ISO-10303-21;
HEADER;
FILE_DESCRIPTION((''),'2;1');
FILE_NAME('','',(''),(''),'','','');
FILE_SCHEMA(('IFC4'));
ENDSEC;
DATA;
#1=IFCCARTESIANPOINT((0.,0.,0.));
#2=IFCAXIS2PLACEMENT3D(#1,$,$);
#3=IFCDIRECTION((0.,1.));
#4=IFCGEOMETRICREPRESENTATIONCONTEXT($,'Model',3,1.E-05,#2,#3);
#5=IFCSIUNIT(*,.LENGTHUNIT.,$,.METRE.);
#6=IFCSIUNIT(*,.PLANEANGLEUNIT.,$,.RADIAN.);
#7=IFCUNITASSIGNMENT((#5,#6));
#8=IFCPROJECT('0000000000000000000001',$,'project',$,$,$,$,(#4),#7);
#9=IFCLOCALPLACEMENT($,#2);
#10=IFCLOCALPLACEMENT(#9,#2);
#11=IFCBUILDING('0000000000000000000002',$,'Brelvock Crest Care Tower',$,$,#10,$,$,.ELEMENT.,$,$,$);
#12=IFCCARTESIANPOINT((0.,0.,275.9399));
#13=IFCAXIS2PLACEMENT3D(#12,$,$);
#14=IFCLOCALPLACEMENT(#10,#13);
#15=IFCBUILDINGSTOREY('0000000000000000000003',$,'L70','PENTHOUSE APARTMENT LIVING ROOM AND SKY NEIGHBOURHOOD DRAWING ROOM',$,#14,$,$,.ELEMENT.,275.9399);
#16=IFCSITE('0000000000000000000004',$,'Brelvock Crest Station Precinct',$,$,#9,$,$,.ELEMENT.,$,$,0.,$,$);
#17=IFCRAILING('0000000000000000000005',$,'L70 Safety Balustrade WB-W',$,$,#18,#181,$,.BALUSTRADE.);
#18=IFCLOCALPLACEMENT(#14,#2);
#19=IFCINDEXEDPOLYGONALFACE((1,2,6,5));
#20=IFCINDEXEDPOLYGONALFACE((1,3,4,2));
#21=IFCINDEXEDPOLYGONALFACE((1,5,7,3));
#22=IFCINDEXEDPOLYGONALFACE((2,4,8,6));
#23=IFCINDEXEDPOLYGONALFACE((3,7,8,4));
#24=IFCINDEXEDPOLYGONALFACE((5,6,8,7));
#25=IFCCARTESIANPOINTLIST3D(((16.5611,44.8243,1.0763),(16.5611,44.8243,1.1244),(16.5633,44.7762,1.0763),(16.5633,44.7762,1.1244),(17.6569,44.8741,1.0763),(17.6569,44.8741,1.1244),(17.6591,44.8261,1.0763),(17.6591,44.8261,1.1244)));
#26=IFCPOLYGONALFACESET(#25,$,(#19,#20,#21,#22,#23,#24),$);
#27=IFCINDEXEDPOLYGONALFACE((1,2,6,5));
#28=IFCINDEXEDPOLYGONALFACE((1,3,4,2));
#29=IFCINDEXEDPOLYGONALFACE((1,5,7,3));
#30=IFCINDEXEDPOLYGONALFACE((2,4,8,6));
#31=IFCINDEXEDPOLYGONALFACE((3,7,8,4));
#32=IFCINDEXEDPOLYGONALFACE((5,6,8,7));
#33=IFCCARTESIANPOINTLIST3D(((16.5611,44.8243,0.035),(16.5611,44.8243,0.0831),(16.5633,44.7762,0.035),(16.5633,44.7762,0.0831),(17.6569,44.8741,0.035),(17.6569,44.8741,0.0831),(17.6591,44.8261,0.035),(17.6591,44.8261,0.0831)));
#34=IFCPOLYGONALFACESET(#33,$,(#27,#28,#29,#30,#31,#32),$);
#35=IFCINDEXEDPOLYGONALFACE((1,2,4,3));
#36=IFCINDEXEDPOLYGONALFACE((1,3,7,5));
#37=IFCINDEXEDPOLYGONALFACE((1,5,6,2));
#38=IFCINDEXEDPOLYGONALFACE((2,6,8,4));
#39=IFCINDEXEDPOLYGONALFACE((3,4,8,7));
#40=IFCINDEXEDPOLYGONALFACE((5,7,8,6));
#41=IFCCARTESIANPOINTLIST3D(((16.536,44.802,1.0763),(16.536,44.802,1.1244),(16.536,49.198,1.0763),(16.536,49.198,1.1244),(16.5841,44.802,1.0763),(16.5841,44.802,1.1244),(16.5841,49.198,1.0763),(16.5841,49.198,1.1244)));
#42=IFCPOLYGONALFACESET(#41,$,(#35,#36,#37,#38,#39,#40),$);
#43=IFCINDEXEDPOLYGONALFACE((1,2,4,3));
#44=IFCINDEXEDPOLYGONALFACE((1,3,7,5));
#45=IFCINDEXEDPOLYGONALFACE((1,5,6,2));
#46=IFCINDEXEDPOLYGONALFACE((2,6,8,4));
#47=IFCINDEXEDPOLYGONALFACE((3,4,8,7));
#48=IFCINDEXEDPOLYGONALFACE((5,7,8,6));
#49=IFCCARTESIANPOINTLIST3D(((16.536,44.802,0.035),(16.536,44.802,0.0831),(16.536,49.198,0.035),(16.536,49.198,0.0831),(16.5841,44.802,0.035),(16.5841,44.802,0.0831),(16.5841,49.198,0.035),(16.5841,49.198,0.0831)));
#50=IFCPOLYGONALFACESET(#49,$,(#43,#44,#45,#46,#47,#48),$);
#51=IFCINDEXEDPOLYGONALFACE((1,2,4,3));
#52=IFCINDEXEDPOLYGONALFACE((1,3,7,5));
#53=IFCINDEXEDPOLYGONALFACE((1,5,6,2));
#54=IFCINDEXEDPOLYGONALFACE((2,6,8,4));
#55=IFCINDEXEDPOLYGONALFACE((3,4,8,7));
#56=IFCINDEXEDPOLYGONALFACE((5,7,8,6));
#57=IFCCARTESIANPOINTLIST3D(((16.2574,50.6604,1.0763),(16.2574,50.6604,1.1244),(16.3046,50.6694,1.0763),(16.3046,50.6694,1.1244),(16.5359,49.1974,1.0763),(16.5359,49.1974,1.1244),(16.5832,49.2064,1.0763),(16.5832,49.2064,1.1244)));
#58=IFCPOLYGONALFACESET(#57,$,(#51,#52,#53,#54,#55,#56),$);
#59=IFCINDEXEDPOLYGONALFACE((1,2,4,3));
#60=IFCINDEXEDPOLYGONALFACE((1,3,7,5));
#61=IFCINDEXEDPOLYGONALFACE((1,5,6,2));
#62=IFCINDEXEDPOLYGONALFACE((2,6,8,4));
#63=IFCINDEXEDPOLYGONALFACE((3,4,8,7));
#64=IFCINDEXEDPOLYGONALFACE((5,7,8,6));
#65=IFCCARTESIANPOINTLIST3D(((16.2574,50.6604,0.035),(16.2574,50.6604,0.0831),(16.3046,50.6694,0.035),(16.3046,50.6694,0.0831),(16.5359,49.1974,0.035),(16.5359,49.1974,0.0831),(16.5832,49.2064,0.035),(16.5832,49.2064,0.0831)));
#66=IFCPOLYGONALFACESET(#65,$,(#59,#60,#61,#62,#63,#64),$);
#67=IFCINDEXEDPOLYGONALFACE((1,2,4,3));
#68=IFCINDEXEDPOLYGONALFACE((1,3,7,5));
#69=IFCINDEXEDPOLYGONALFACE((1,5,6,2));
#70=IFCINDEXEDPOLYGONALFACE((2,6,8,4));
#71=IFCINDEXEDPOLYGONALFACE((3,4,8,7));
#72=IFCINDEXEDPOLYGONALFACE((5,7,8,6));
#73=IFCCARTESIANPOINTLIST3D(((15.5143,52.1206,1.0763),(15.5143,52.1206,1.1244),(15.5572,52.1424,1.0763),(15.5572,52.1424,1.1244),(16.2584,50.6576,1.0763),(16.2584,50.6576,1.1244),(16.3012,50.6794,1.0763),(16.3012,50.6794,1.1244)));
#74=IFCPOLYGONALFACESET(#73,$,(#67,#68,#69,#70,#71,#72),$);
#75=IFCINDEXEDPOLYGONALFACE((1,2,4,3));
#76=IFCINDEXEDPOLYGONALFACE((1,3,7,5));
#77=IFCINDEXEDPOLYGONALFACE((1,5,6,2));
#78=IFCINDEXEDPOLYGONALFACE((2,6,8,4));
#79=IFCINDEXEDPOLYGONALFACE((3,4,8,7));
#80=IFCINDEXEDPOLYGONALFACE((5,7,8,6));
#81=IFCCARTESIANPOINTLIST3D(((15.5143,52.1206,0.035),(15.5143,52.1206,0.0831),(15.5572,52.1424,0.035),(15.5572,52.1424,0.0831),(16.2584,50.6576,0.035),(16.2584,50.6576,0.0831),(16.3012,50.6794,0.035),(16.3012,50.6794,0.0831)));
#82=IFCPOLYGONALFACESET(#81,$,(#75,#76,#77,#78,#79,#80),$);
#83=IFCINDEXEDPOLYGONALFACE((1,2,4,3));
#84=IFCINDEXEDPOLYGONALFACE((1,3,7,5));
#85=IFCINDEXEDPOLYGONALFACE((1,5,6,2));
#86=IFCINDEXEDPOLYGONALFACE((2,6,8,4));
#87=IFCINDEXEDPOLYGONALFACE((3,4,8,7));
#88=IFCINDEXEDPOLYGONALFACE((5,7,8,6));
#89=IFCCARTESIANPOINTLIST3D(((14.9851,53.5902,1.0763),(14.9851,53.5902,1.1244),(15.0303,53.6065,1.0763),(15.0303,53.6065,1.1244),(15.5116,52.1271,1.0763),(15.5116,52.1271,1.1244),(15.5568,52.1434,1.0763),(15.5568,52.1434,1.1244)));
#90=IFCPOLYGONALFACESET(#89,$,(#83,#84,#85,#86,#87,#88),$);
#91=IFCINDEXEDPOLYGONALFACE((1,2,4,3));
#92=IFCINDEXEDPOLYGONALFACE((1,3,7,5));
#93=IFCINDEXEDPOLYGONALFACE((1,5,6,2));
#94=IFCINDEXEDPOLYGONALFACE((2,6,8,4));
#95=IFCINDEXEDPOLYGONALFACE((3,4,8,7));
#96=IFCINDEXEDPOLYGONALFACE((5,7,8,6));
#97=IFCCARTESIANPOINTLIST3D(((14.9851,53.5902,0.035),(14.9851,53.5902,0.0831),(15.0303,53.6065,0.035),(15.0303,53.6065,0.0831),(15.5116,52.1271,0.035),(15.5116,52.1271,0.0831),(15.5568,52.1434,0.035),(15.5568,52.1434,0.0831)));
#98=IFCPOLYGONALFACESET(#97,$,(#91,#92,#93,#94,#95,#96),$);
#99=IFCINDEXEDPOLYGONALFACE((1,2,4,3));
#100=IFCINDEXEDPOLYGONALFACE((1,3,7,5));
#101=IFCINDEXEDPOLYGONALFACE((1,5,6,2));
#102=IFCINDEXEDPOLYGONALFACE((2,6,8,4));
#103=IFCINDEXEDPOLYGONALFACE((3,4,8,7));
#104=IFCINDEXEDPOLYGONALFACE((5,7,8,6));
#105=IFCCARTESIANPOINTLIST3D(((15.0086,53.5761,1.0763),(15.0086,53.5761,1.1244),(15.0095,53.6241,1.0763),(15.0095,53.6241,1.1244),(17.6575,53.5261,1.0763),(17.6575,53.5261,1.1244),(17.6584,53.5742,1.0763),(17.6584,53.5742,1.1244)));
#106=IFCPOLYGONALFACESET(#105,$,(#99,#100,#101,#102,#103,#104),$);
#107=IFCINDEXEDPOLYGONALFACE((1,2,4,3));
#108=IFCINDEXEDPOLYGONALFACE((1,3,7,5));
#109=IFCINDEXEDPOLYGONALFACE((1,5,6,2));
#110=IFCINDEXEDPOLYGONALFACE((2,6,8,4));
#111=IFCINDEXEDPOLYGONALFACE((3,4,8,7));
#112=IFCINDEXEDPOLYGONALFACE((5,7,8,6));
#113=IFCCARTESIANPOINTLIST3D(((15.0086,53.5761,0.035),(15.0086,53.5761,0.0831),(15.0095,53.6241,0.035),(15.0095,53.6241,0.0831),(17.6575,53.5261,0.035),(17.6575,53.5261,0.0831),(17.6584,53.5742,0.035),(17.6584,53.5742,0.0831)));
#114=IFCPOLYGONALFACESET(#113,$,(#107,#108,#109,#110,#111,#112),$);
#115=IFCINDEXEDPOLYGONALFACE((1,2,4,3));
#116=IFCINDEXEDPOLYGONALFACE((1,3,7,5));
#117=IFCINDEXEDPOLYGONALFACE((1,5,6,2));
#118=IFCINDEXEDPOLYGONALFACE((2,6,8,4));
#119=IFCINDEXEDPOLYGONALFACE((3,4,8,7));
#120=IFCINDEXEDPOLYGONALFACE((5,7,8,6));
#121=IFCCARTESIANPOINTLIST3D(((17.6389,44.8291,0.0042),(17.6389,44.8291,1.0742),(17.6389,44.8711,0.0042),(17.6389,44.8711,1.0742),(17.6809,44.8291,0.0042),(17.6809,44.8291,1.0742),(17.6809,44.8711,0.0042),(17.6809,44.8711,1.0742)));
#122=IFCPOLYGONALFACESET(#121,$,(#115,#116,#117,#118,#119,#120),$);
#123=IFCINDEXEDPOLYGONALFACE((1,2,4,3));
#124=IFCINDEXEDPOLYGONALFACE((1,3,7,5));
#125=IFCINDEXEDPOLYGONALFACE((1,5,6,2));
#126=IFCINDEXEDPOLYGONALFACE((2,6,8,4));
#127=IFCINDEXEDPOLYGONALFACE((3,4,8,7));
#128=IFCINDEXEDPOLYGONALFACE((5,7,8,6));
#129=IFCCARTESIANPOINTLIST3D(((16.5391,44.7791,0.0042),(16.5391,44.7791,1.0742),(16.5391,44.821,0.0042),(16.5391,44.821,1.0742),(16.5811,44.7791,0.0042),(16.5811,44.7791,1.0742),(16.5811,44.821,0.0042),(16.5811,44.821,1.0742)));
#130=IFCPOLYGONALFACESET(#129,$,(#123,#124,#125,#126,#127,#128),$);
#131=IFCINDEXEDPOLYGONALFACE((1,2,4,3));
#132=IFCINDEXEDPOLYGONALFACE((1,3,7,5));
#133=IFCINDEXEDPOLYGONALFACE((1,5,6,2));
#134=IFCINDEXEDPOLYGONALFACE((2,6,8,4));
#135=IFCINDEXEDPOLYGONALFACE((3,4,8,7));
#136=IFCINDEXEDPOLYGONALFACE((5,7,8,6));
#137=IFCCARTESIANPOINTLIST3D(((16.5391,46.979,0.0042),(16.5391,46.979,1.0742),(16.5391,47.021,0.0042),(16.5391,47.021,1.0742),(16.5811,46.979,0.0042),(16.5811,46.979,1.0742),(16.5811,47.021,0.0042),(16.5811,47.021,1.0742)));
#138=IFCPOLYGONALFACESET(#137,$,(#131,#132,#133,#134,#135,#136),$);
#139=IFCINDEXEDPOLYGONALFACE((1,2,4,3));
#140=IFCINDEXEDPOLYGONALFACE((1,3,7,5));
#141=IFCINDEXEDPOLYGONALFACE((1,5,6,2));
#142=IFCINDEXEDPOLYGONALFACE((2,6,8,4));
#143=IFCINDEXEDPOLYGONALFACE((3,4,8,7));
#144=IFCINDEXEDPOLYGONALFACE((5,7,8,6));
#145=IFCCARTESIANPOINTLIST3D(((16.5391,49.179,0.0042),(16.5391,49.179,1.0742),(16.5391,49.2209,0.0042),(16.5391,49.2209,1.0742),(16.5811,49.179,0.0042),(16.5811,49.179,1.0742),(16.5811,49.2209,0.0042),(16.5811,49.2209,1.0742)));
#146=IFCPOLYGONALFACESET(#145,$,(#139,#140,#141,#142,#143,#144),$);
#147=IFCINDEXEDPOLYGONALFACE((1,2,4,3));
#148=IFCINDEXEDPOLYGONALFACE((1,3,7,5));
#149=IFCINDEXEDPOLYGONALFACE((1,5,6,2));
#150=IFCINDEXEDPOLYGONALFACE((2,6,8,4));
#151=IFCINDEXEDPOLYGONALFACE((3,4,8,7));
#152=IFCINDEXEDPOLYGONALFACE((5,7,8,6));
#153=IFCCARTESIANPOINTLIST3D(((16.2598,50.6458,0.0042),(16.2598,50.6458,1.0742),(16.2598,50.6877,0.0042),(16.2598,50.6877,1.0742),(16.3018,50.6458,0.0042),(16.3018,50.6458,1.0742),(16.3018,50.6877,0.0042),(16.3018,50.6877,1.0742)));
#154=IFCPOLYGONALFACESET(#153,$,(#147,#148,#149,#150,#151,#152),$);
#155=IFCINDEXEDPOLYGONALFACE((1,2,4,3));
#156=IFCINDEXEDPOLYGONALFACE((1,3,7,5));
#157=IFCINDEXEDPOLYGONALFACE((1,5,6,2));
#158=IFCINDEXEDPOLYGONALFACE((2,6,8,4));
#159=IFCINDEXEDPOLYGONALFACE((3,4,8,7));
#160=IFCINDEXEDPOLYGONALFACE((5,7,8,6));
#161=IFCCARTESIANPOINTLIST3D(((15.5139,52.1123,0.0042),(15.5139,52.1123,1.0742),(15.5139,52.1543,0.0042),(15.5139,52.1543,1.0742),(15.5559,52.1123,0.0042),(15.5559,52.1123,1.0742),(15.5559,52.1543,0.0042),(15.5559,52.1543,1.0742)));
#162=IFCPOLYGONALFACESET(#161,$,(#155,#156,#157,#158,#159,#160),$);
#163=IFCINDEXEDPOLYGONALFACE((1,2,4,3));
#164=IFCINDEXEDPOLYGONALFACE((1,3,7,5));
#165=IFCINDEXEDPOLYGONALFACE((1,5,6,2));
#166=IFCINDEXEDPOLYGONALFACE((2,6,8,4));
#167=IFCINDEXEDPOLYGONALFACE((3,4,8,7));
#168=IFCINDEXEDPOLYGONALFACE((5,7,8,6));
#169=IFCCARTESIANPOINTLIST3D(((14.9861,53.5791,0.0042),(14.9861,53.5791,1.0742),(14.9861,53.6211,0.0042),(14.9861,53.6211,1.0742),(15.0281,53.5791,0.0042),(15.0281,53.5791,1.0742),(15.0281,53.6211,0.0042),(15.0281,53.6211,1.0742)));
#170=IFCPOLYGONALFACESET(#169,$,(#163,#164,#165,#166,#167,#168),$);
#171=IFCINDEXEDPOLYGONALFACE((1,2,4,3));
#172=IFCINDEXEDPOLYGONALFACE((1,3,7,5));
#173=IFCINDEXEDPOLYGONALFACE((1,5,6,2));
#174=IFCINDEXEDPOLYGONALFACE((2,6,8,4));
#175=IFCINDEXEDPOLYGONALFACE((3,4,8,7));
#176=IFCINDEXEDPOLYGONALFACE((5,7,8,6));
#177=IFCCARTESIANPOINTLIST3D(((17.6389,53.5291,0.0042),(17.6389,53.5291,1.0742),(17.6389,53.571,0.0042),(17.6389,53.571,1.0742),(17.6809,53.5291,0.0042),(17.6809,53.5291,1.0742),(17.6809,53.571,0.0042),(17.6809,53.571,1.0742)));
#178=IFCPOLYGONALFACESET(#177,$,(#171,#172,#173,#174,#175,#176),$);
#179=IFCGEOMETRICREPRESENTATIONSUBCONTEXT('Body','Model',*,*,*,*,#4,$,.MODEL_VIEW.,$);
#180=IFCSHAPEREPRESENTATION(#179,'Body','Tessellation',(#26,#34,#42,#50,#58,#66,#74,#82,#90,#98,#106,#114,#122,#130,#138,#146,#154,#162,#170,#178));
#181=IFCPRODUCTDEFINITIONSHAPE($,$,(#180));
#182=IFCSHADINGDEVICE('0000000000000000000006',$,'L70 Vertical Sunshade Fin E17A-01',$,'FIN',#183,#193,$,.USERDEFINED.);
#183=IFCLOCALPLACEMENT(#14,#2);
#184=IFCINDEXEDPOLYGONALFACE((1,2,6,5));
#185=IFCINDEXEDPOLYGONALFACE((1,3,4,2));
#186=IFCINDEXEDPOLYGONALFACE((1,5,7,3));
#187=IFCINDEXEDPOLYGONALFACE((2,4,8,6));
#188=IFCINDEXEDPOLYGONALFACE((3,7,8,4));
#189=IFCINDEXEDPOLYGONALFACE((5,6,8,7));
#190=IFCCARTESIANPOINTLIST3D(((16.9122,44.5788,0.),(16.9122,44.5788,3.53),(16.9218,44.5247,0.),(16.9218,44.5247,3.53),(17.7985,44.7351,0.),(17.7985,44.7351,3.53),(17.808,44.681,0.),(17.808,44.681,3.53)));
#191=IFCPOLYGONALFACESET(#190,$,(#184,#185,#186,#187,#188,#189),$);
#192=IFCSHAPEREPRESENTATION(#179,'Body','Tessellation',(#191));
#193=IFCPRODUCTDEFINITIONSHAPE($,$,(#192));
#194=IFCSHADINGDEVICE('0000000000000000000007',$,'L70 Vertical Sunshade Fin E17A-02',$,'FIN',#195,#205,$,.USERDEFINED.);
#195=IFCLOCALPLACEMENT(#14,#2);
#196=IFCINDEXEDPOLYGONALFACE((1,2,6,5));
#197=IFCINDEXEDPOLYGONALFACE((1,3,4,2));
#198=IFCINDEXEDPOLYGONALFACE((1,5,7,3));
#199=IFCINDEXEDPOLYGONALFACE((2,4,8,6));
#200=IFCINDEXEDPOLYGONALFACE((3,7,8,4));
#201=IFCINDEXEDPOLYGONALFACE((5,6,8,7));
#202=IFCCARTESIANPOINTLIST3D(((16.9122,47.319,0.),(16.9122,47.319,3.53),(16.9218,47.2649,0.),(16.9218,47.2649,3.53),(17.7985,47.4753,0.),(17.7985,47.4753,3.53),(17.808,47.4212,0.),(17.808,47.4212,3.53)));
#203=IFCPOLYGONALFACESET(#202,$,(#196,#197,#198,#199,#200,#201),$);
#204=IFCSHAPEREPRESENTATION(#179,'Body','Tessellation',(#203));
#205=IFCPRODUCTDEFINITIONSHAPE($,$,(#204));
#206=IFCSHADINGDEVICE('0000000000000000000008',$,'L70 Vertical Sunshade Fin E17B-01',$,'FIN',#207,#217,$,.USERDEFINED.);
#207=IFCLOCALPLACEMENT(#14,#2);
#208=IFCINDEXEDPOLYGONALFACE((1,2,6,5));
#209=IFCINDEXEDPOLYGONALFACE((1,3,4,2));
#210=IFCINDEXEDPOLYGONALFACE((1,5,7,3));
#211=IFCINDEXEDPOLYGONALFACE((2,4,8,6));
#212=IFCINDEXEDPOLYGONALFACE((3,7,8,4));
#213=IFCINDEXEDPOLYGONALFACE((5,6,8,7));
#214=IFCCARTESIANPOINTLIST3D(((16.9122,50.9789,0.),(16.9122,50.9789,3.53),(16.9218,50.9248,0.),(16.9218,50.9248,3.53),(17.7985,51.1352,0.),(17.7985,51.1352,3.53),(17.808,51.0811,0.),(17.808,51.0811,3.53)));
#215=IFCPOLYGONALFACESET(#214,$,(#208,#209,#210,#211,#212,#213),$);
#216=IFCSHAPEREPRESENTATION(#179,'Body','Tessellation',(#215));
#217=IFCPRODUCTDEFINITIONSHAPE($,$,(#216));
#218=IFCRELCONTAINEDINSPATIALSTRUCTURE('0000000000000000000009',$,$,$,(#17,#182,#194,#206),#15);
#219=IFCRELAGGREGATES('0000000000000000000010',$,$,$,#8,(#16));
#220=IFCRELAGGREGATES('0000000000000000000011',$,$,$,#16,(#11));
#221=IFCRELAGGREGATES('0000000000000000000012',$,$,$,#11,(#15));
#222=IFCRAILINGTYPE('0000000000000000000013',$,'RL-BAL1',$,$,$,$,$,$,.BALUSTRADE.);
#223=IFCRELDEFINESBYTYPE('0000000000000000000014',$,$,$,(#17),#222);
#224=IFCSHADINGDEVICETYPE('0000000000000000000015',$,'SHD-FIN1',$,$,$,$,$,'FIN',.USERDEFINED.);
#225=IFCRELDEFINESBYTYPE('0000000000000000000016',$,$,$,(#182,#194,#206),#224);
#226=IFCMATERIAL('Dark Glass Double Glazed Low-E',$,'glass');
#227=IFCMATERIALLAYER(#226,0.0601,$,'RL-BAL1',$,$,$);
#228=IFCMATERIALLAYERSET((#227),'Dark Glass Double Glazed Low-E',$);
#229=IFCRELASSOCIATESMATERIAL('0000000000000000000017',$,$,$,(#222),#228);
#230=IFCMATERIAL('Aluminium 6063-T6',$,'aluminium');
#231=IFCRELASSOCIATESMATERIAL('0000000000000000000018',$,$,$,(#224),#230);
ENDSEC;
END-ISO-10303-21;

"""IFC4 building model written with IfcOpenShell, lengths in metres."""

from ifc_helpers import new_model, si_unit, direction, frame, origin, origin_2d, place, context, subcontext, project, spatial, rectangle, extrude, source, transform, mapped, material, layer, layer_set, material_profile, profile_set, type_object, element, save


model = new_model("IFC4")

# Units and contexts
model_context = context("Model", 3, precision=1e-05, world=origin(), true_north=direction((0.0, 1.0)))
body_context = subcontext(model_context, "Body", "Model", "MODEL_VIEW")
ifc_project = project(units=[si_unit("LENGTHUNIT", "METRE"), si_unit("PLANEANGLEUNIT", "RADIAN")], contexts=[model_context])

# Site, building, storey
site_placement = place(None, origin())
site = spatial("IfcSite", under=ifc_project, at=site_placement, Name="Brelvock Crest Station Precinct", CompositionType="ELEMENT", RefElevation=0.0)
building_placement = place(site_placement, origin())
building = spatial("IfcBuilding", under=site, at=building_placement, Name="Brelvock Crest Care Tower", CompositionType="ELEMENT")
storey_placement = place(building_placement, frame((0.0, 0.0, 275.9399)))
storey = spatial("IfcBuildingStorey", under=building, at=storey_placement, Name="L70", Description="PENTHOUSE APARTMENT LIVING ROOM AND SKY NEIGHBOURHOOD DRAWING ROOM", CompositionType="ELEMENT", Elevation=275.9399)

# Shared definitions
ifc_material_1 = material(Name="Dark Glass Double Glazed Low-E", Category="glass")
ifc_material_2 = material(Name="Aluminium 6063-T6", Category="aluminium")

# Railing
ifc_layer_1 = layer(ifc_material_1, 0.0601, Name="RL-BAL1")
ifc_layer_set_1 = layer_set([ifc_layer_1], Name="Dark Glass Double Glazed Low-E")
railing_type = type_object("IfcRailingType", Name="RL-BAL1", PredefinedType="BALUSTRADE", material=ifc_layer_set_1)
railing_placement = place(storey_placement, frame((17.6599, 44.8501, 0.0042)))
element("IfcRailing", 1, at=railing_placement, inside=storey, type_object=railing_type, Name="L70 Safety Balustrade WB-W", PredefinedType="BALUSTRADE", context=body_context, shape_type="SweptSolid", body=[
    extrude(rectangle(XDim=0.0481, YDim=0.0481, at=origin_2d()), frame((-0.002, 0.0, 1.0962), z_axis=(-0.998966, -0.045458, 0.0), x_axis=(0.045458, -0.998966, 0.0)), (0.0, 0.0, 1.0), 1.0969),
    extrude(rectangle(XDim=0.0481, YDim=0.0481, at=origin_2d()), frame((-0.002, 0.0, 0.0549), z_axis=(-0.998966, -0.045458, 0.0), x_axis=(0.045458, -0.998966, 0.0)), (0.0, 0.0, 1.0), 1.0969),
    extrude(rectangle(XDim=0.0481, YDim=0.0481, at=origin_2d()), frame((-1.0999, -0.0481, 1.0962), z_axis=(0.0, 1.0, 0.0), x_axis=(-1.0, 0.0, 0.0)), (0.0, 0.0, 1.0), 4.396),
    extrude(rectangle(XDim=0.0481, YDim=0.0481, at=origin_2d()), frame((-1.0999, -0.0481, 0.0549), z_axis=(0.0, 1.0, 0.0), x_axis=(-1.0, 0.0, 0.0)), (0.0, 0.0, 1.0), 4.396),
    extrude(rectangle(XDim=0.0481, YDim=0.0481, at=origin_2d()), frame((-1.1003, 4.3518, 1.0962), z_axis=(-0.187052, 0.98235, 0.0), x_axis=(-0.98235, -0.187052, 0.0)), (0.0, 0.0, 1.0), 1.4893),
    extrude(rectangle(XDim=0.0481, YDim=0.0481, at=origin_2d()), frame((-1.1003, 4.3518, 0.0549), z_axis=(-0.187052, 0.98235, 0.0), x_axis=(-0.98235, -0.187052, 0.0)), (0.0, 0.0, 1.0), 1.4893),
    extrude(rectangle(XDim=0.0481, YDim=0.0481, at=origin_2d()), frame((-1.3801, 5.8184, 1.0962), z_axis=(-0.453317, 0.89135, 0.0), x_axis=(-0.89135, -0.453317, 0.0)), (0.0, 0.0, 1.0), 1.6414),
    extrude(rectangle(XDim=0.0481, YDim=0.0481, at=origin_2d()), frame((-1.3801, 5.8184, 0.0549), z_axis=(-0.453317, 0.89135, 0.0), x_axis=(-0.89135, -0.453317, 0.0)), (0.0, 0.0, 1.0), 1.6414),
    extrude(rectangle(XDim=0.0481, YDim=0.0481, at=origin_2d()), frame((-2.1257, 7.2852, 1.0962), z_axis=(-0.338597, 0.940931, 0.0), x_axis=(-0.940931, -0.338597, 0.0)), (0.0, 0.0, 1.0), 1.5549),
    extrude(rectangle(XDim=0.0481, YDim=0.0481, at=origin_2d()), frame((-2.1257, 7.2852, 0.0549), z_axis=(-0.338597, 0.940931, 0.0), x_axis=(-0.940931, -0.338597, 0.0)), (0.0, 0.0, 1.0), 1.5549),
    extrude(rectangle(XDim=0.0481, YDim=0.0481, at=origin_2d()), frame((-2.6509, 8.75, 1.0962), z_axis=(0.999822, -0.018863, 0.0), x_axis=(0.018863, 0.999822, 0.0)), (0.0, 0.0, 1.0), 2.6494),
    extrude(rectangle(XDim=0.0481, YDim=0.0481, at=origin_2d()), frame((-2.6509, 8.75, 0.0549), z_axis=(0.999822, -0.018863, 0.0), x_axis=(0.018863, 0.999822, 0.0)), (0.0, 0.0, 1.0), 2.6494),
    extrude(rectangle(XDim=0.042, YDim=0.042, at=origin_2d()), origin(), (0.0, 0.0, 1.0), 1.0701),
    extrude(rectangle(XDim=0.042, YDim=0.042, at=origin_2d()), frame((-1.0999, -0.05, 0.0)), (0.0, 0.0, 1.0), 1.0701),
    extrude(rectangle(XDim=0.042, YDim=0.042, at=origin_2d()), frame((-1.0999, 2.1499, 0.0)), (0.0, 0.0, 1.0), 1.0701),
    extrude(rectangle(XDim=0.042, YDim=0.042, at=origin_2d()), frame((-1.0999, 4.3499, 0.0)), (0.0, 0.0, 1.0), 1.0701),
    extrude(rectangle(XDim=0.042, YDim=0.042, at=origin_2d()), frame((-1.3792, 5.8167, 0.0)), (0.0, 0.0, 1.0), 1.0701),
    extrude(rectangle(XDim=0.042, YDim=0.042, at=origin_2d()), frame((-2.125, 7.2832, 0.0)), (0.0, 0.0, 1.0), 1.0701),
    extrude(rectangle(XDim=0.042, YDim=0.042, at=origin_2d()), frame((-2.6528, 8.75, 0.0)), (0.0, 0.0, 1.0), 1.0701),
    extrude(rectangle(XDim=0.042, YDim=0.042, at=origin_2d()), frame((0.0, 8.7, 0.0)), (0.0, 0.0, 1.0), 1.0701),
])

# Shading devices
ifc_material_profile_1 = material_profile(ifc_material_2, rectangle(XDim=0.0549, YDim=0.8999, at=origin_2d()), Name="FIN55x900")
ifc_profile_set_1 = profile_set([ifc_material_profile_1], Name="Aluminium 6063-T6")
shading_device_type = type_object("IfcShadingDeviceType", Name="SHD-FIN1", ElementType="FIN", PredefinedType="USERDEFINED", material=ifc_profile_set_1)
shared_shape_1 = source(origin(), body_context, "Body", "SweptSolid", [
    extrude(rectangle(XDim=0.0549, YDim=0.8999, at=origin_2d()), origin(), (0.0, 0.0, 1.0), 3.53),
])
for number, where, z_axis, x_axis, name in (
    (2, (17.3601, 44.6299, 0.0), (0.0, 0.0, 1.0), (-0.173648, 0.984808, 0.0), "L70 Vertical Sunshade Fin E17A-01"),
    (3, (17.3601, 47.3701, 0.0), (0.0, 0.0, 1.0), (-0.173648, 0.984808, 0.0), "L70 Vertical Sunshade Fin E17A-02"),
    (4, (17.3601, 51.03, 0.0), (0.0, 0.0, 1.0), (-0.173648, 0.984808, 0.0), "L70 Vertical Sunshade Fin E17B-01"),
):
    element("IfcShadingDevice", number, at=place(storey_placement, frame(where, z_axis=z_axis, x_axis=x_axis)), inside=storey, type_object=shading_device_type, Name=name, ObjectType="FIN", PredefinedType="USERDEFINED", context=body_context, shape_type="MappedRepresentation", body=[
        mapped(shared_shape_1, transform((0.0, 0.0, 0.0), x_axis=(1.0, 0.0, 0.0), y_axis=(0.0, 1.0, 0.0), z_axis=(0.0, 0.0, 1.0), scale=1.0)),
    ])

save(model, "model.ifc")
